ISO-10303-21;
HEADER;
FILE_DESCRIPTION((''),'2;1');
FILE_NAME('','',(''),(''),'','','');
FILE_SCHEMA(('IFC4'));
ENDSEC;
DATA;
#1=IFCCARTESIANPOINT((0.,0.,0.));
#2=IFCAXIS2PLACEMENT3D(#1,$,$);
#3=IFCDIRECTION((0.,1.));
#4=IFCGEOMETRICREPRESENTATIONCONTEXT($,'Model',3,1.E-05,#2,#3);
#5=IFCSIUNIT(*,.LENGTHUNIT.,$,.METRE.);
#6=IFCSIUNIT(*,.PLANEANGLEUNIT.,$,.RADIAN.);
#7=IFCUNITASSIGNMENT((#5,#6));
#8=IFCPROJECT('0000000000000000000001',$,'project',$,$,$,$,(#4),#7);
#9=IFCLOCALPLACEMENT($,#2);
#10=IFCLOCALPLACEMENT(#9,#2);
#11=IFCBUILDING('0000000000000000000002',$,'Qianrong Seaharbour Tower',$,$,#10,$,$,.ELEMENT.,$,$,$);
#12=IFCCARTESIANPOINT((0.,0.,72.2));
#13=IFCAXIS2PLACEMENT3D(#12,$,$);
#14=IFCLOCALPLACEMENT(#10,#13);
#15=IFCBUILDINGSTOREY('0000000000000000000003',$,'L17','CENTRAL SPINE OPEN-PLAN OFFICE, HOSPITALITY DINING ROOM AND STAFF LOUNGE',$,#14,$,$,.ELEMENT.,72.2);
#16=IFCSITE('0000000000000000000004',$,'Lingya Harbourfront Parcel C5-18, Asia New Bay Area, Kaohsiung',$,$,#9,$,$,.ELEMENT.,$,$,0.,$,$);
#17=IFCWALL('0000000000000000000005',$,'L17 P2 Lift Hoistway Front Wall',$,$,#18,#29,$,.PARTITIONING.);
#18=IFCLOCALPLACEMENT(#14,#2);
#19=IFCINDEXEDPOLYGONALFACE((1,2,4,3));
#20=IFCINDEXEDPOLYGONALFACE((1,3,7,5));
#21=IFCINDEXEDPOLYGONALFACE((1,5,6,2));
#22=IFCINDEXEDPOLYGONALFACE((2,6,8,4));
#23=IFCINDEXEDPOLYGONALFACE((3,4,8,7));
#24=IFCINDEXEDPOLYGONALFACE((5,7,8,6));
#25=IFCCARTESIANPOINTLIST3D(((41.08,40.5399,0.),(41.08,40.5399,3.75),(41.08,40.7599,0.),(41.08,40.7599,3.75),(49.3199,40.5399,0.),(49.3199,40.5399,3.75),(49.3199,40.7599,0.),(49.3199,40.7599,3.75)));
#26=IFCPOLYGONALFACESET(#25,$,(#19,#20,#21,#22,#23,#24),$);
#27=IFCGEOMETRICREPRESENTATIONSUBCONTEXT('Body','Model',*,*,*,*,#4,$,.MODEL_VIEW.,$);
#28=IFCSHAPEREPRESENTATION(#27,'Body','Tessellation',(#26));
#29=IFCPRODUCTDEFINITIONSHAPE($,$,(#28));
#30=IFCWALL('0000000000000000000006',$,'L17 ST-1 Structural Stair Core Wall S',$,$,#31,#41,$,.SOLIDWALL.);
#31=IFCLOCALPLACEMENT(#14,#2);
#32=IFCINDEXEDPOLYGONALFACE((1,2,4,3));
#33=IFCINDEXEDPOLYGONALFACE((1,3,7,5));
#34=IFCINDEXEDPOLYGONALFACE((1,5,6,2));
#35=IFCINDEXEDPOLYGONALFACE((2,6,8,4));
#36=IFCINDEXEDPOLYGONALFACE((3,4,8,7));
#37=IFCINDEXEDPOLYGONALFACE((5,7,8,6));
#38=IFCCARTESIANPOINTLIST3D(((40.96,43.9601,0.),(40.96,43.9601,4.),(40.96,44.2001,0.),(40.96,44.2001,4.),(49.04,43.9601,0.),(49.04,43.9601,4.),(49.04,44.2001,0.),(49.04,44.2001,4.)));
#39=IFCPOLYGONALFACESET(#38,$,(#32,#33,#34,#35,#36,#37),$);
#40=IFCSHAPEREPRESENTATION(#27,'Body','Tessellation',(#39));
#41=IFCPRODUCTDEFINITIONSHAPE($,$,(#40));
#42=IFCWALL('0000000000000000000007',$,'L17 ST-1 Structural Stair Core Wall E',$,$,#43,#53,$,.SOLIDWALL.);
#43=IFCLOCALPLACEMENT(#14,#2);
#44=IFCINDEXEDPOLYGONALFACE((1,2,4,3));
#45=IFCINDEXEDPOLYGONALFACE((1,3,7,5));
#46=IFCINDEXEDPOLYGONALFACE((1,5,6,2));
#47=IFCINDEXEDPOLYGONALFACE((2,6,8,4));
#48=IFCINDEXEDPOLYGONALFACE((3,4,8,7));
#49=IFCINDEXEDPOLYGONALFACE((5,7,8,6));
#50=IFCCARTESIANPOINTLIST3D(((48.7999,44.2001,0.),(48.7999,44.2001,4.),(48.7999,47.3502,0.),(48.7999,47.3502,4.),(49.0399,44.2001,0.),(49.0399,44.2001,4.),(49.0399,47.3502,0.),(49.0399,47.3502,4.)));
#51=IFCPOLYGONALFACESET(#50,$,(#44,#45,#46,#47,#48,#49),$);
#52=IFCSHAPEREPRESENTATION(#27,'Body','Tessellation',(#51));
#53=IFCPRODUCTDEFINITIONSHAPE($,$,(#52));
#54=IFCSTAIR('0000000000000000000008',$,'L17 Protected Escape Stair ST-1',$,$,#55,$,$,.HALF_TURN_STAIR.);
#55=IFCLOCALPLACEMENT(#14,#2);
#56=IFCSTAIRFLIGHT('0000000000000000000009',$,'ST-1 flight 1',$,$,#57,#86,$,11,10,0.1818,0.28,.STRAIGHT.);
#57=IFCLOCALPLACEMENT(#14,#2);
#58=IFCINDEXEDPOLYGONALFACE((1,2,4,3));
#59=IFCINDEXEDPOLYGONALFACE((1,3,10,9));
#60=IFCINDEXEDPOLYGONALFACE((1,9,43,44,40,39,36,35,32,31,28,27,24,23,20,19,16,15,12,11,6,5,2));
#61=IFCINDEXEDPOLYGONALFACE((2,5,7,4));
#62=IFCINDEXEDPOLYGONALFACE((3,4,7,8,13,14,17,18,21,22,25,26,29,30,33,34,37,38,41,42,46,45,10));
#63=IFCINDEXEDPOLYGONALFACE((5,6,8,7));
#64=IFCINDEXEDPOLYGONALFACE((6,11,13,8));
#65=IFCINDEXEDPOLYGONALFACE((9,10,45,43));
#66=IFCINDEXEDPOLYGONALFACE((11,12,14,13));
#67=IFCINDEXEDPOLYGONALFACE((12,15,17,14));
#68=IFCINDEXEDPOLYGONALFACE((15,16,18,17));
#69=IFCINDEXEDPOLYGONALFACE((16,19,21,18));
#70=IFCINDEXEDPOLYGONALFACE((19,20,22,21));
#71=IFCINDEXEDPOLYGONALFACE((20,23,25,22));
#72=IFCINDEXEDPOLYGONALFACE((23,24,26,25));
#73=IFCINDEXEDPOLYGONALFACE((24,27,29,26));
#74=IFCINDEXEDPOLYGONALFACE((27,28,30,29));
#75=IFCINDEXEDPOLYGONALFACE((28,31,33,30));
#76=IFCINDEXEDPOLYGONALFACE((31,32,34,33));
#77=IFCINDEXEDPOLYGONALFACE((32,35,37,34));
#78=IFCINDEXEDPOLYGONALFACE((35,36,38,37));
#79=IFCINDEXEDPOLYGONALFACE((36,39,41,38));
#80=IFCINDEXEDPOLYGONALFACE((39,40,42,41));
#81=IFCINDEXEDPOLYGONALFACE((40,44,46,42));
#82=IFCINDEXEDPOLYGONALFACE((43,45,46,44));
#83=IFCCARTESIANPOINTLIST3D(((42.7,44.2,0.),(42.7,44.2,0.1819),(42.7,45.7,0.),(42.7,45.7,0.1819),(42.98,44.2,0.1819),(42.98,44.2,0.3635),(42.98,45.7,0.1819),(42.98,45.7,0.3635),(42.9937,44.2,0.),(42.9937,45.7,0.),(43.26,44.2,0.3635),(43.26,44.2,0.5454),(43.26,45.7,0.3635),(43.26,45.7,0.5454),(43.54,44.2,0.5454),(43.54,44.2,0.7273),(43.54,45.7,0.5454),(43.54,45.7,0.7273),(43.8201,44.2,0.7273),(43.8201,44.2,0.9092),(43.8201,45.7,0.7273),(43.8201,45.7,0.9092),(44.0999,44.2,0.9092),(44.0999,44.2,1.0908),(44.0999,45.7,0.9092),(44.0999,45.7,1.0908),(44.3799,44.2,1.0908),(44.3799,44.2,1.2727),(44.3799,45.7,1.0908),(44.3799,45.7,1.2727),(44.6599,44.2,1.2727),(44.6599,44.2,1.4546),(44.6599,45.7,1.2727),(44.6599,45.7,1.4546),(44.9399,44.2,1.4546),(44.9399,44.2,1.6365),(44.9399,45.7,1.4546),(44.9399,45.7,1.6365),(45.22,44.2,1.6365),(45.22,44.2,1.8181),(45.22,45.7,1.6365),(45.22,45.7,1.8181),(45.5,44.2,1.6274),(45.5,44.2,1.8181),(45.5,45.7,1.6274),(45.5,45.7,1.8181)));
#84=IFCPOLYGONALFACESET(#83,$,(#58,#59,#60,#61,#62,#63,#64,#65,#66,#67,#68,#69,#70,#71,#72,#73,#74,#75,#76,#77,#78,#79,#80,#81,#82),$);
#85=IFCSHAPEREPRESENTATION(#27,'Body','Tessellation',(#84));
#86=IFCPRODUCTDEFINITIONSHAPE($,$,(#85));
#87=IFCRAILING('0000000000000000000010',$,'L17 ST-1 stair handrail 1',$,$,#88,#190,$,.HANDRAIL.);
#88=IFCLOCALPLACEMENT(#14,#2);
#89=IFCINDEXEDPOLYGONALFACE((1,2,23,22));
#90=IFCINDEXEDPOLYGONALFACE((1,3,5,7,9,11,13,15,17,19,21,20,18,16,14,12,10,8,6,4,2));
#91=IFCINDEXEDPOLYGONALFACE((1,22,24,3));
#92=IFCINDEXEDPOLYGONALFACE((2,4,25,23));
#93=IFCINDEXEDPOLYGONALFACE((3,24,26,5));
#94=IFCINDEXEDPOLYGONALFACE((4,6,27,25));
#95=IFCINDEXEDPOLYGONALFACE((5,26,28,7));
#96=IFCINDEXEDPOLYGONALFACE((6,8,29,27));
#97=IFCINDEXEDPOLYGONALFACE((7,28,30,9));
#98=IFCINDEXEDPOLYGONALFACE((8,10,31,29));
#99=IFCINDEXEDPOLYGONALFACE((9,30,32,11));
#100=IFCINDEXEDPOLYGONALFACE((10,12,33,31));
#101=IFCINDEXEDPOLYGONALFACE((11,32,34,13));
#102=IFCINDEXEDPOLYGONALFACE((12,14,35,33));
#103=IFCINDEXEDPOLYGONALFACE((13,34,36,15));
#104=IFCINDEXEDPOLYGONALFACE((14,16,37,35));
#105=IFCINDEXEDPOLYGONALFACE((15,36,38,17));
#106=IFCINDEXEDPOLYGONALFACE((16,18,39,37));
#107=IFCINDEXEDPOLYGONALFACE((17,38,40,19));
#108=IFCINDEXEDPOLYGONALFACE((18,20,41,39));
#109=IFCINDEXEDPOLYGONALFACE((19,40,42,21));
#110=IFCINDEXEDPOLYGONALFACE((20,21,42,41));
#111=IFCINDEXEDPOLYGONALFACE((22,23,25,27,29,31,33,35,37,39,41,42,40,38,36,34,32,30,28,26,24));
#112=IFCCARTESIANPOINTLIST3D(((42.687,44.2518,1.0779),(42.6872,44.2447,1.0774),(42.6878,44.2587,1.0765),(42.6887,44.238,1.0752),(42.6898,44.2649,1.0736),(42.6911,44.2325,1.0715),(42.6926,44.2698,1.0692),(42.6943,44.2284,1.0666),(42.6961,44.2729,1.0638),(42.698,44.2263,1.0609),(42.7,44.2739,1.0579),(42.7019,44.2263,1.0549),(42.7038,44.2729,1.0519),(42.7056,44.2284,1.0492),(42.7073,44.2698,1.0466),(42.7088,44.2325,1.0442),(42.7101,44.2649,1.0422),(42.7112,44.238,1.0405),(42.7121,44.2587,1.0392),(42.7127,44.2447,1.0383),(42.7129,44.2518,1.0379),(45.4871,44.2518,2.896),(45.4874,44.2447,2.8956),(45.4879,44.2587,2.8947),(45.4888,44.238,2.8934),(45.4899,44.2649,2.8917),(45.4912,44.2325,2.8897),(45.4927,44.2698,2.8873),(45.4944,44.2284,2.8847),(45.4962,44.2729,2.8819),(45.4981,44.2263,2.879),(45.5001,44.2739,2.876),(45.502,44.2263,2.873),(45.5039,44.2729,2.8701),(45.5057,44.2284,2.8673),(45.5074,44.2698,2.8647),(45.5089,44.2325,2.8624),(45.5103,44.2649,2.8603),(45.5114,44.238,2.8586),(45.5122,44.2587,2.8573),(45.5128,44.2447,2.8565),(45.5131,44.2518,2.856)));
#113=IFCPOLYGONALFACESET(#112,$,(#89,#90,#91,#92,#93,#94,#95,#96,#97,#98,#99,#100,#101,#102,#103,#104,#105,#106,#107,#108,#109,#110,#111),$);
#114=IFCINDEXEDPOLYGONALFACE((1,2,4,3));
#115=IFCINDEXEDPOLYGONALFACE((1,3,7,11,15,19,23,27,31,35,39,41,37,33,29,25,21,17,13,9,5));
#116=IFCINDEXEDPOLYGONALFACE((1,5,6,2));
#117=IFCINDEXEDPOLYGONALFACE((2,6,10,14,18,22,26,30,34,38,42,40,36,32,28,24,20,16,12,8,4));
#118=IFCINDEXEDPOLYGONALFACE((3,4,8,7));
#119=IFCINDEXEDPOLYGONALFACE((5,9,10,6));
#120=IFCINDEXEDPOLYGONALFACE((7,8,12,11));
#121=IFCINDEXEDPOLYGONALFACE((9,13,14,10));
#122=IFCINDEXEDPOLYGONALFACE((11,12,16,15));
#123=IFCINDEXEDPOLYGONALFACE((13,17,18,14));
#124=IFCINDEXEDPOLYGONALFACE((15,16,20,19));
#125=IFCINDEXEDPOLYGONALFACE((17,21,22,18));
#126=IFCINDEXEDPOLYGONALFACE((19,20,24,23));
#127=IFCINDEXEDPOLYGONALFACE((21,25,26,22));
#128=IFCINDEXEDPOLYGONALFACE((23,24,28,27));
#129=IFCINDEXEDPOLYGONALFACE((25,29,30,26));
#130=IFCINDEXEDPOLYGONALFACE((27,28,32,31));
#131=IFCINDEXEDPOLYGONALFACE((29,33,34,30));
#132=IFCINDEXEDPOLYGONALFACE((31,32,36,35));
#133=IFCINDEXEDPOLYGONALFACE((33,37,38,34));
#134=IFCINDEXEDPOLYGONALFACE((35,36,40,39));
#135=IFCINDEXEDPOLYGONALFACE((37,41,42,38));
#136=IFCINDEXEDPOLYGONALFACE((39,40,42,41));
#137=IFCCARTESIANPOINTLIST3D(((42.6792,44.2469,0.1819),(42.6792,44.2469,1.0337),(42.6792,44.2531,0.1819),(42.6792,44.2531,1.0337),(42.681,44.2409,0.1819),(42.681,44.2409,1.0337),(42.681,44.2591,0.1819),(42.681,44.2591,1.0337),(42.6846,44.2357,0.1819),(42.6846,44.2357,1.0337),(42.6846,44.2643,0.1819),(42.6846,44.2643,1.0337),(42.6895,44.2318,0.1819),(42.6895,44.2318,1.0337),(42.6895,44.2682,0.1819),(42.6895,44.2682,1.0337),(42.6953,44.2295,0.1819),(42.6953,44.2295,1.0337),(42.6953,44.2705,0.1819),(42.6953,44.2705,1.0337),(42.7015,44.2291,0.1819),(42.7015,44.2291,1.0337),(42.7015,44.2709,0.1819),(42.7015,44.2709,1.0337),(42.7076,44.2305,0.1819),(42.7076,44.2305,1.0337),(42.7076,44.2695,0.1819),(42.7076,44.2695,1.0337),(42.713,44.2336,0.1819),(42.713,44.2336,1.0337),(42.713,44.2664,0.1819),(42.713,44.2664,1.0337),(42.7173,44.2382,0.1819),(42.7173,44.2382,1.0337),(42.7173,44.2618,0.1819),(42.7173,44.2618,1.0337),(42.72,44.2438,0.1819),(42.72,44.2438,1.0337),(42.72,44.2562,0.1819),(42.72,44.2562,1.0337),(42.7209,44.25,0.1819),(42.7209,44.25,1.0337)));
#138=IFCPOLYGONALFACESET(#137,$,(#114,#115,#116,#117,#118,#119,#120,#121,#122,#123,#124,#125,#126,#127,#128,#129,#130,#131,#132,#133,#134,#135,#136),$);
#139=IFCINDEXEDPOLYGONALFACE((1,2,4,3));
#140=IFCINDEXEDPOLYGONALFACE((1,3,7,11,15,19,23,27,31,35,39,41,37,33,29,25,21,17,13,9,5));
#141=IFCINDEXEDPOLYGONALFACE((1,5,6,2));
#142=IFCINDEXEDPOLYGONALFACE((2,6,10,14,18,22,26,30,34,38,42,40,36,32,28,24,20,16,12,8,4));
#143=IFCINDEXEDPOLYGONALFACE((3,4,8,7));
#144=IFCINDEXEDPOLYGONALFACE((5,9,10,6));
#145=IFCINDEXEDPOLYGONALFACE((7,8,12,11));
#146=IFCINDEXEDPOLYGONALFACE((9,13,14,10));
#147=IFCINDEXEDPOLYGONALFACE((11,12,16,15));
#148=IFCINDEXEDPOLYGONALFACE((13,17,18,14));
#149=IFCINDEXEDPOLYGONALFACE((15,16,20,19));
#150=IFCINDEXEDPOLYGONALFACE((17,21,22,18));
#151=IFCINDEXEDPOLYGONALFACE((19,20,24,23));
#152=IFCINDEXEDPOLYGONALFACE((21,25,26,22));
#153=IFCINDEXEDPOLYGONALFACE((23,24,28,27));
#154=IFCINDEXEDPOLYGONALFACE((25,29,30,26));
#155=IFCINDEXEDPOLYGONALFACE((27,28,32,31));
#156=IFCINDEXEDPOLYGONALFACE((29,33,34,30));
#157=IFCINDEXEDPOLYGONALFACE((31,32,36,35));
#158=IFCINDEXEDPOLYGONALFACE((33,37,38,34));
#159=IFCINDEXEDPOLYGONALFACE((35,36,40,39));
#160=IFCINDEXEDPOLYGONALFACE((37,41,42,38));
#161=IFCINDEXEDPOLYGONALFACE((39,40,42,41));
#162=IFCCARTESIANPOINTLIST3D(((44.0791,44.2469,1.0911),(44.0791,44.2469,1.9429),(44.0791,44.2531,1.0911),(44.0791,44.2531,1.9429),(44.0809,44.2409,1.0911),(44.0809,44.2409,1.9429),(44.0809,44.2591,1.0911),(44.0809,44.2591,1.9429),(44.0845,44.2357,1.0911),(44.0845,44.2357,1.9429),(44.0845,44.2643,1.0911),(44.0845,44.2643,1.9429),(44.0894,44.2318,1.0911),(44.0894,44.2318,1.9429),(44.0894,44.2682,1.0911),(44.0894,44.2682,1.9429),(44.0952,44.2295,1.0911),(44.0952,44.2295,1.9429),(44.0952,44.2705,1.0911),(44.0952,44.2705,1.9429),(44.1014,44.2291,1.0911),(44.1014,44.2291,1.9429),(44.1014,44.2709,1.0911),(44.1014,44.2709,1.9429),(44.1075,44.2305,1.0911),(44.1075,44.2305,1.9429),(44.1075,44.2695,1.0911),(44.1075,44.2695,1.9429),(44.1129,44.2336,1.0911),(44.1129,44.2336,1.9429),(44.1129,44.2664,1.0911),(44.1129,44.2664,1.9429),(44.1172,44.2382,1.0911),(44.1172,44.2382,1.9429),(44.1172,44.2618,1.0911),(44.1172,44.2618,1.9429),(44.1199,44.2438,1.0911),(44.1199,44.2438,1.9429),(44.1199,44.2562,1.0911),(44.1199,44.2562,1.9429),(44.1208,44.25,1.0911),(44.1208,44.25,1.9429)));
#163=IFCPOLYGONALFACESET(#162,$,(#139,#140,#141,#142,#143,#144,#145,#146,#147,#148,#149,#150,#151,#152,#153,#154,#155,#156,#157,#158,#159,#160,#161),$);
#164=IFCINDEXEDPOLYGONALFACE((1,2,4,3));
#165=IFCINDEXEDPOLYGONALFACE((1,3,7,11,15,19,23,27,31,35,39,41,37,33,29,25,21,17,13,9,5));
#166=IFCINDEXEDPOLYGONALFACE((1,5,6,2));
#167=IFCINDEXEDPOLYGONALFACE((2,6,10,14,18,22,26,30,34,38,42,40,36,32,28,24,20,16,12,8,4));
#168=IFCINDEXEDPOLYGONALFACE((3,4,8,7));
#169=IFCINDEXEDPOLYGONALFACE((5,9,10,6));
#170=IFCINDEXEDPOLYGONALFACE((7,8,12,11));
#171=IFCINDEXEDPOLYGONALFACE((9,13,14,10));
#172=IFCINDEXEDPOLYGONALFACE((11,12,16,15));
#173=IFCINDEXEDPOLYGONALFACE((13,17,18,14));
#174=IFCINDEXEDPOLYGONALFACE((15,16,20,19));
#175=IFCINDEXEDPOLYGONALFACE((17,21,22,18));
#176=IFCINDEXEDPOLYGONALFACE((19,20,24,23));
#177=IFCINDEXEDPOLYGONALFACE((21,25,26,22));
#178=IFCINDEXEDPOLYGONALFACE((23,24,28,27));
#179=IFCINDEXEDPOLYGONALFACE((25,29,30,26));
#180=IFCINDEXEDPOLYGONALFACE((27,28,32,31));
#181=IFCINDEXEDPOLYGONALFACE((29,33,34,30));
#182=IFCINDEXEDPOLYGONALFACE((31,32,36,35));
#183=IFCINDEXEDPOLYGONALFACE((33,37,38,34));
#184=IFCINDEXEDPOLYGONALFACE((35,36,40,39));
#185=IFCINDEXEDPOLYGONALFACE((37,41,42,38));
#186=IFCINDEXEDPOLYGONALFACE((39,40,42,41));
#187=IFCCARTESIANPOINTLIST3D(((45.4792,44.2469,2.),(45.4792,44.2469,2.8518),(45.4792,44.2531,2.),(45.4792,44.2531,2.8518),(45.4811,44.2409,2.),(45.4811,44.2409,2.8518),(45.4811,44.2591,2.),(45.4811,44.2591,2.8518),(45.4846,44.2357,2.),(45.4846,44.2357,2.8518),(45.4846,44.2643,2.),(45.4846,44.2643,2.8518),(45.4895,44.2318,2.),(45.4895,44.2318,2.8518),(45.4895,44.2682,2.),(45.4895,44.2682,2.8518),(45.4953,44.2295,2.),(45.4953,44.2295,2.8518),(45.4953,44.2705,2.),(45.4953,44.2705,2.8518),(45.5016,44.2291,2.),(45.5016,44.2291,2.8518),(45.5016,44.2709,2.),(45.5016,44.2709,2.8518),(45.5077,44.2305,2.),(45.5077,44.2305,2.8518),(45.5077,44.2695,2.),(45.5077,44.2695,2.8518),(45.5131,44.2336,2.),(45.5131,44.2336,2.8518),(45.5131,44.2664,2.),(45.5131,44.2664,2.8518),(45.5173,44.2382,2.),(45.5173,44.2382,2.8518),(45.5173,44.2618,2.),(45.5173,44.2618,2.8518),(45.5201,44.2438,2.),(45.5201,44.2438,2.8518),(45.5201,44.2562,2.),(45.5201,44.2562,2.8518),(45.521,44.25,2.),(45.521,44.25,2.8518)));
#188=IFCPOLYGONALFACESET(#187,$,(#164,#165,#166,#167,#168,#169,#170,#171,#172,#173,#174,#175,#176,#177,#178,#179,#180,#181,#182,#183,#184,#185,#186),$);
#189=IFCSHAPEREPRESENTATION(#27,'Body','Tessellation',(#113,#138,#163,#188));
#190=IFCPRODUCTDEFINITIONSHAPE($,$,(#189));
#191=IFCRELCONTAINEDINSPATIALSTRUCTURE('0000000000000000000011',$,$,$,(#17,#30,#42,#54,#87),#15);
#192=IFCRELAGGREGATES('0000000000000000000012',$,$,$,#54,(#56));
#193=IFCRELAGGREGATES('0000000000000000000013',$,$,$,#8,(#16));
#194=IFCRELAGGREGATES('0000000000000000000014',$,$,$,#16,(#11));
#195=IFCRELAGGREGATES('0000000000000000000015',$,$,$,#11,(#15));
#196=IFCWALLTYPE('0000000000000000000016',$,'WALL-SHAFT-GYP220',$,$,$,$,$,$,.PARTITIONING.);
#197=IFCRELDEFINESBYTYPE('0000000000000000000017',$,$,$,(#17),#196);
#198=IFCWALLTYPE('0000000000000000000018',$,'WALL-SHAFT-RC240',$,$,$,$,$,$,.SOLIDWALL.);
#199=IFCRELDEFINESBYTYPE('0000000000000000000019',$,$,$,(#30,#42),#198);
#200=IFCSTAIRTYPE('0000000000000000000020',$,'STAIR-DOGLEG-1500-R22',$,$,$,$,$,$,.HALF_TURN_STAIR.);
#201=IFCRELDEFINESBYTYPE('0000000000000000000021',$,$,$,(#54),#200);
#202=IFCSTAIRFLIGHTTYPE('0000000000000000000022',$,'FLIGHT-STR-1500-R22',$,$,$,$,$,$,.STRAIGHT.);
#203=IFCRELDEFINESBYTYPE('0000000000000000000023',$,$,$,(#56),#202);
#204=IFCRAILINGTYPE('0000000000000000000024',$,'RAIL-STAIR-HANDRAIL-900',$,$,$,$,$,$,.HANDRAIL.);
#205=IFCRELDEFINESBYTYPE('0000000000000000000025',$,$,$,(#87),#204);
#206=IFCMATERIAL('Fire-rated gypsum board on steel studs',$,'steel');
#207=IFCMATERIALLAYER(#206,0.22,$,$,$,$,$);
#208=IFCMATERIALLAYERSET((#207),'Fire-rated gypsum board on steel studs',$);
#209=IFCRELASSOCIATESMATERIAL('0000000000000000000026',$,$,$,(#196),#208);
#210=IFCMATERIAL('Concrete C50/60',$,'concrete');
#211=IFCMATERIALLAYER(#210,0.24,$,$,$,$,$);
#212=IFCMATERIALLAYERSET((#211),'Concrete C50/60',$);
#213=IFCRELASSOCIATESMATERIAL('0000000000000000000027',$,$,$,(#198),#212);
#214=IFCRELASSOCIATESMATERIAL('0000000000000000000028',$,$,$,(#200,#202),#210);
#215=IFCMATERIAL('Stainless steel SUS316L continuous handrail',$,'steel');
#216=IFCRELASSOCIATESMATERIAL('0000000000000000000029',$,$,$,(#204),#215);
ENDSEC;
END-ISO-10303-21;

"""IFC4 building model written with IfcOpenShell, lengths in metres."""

from ifc_helpers import new_model, si_unit, direction, frame, frame_2d, origin, origin_2d, place, context, subcontext, project, spatial, polyline, rectangle, circle, outline, extrude, material, layer, layer_set, type_object, element, aggregate, save


model = new_model("IFC4")

# Units and contexts
model_context = context("Model", 3, precision=1e-05, world=origin(), true_north=direction((0.0, 1.0)))
body_context = subcontext(model_context, "Body", "Model", "MODEL_VIEW")
ifc_project = project(units=[si_unit("LENGTHUNIT", "METRE"), si_unit("PLANEANGLEUNIT", "RADIAN")], contexts=[model_context])

# Site, building, storey
site_placement = place(None, origin())
site = spatial("IfcSite", under=ifc_project, at=site_placement, Name="Lingya Harbourfront Parcel C5-18, Asia New Bay Area, Kaohsiung", CompositionType="ELEMENT", RefElevation=0.0)
building_placement = place(site_placement, origin())
building = spatial("IfcBuilding", under=site, at=building_placement, Name="Qianrong Seaharbour Tower", CompositionType="ELEMENT")
storey_placement = place(building_placement, frame((0.0, 0.0, 72.2)))
storey = spatial("IfcBuildingStorey", under=building, at=storey_placement, Name="L17", Description="CENTRAL SPINE OPEN-PLAN OFFICE, HOSPITALITY DINING ROOM AND STAFF LOUNGE", CompositionType="ELEMENT", Elevation=72.2)

# Shared definitions
ifc_material_1 = material(Name="Fire-rated gypsum board on steel studs", Category="steel")

# Shared definitions
ifc_layer_1 = layer(ifc_material_1, 0.22)
ifc_layer_set_1 = layer_set([ifc_layer_1], Name="Fire-rated gypsum board on steel studs")
wall_type_1 = type_object("IfcWallType", Name="WALL-SHAFT-GYP220", PredefinedType="PARTITIONING", material=ifc_layer_set_1)

# Walls
wall_1_placement = place(storey_placement, frame((49.3201, 40.6499, 0.0), z_axis=(0.0, 0.0, 1.0), x_axis=(-1.0, 0.0, 0.0)))
element("IfcWall", 1, at=wall_1_placement, inside=storey, type_object=wall_type_1, Name="L17 P2 Lift Hoistway Front Wall", PredefinedType="PARTITIONING", context=body_context, shape_type="SweptSolid", body=[
    extrude(rectangle(XDim=8.24, YDim=0.22, at=frame_2d((4.1201, 0.0))), origin(), (0.0, 0.0, 1.0), 3.75),
])
ifc_material_2 = material(Name="Concrete C50/60", Category="concrete")
ifc_layer_2 = layer(ifc_material_2, 0.24)
ifc_layer_set_2 = layer_set([ifc_layer_2], Name="Concrete C50/60")
wall_type_2 = type_object("IfcWallType", Name="WALL-SHAFT-RC240", PredefinedType="SOLIDWALL", material=ifc_layer_set_2)
wall_2_placement = place(storey_placement, frame((49.04, 44.0801, 0.0), z_axis=(0.0, 0.0, 1.0), x_axis=(-1.0, 0.0, 0.0)))
element("IfcWall", 2, at=wall_2_placement, inside=storey, type_object=wall_type_2, Name="L17 ST-1 Structural Stair Core Wall S", PredefinedType="SOLIDWALL", context=body_context, shape_type="SweptSolid", body=[
    extrude(rectangle(XDim=8.0801, YDim=0.24, at=frame_2d((4.04, 0.0))), origin(), (0.0, 0.0, 1.0), 4.0),
])
wall_3_placement = place(storey_placement, frame((48.9199, 44.2, 0.0), z_axis=(0.0, 0.0, 1.0), x_axis=(0.0, 1.0, 0.0)))
element("IfcWall", 3, at=wall_3_placement, inside=storey, type_object=wall_type_2, Name="L17 ST-1 Structural Stair Core Wall E", PredefinedType="SOLIDWALL", context=body_context, shape_type="SweptSolid", body=[
    extrude(rectangle(XDim=3.1501, YDim=0.24, at=frame_2d((1.5752, 0.0))), origin(), (0.0, 0.0, 1.0), 4.0),
])

# Stair, stair flight
stair_type = type_object("IfcStairType", Name="STAIR-DOGLEG-1500-R22", PredefinedType="HALF_TURN_STAIR", material=ifc_material_2)
stair_placement = place(storey_placement, origin())
stair = element("IfcStair", 4, at=stair_placement, inside=storey, type_object=stair_type, Name="L17 Protected Escape Stair ST-1", PredefinedType="HALF_TURN_STAIR")
stair_flight_type = type_object("IfcStairFlightType", Name="FLIGHT-STR-1500-R22", PredefinedType="STRAIGHT", material=ifc_material_2)
stair_flight_placement = place(storey_placement, frame((42.7, 44.95, 0.0), z_axis=(0.0, 0.0, 1.0), x_axis=(1.0, 0.0, 0.0)))
stair_flight = element("IfcStairFlight", 5, at=stair_flight_placement, type_object=stair_flight_type, Name="ST-1 flight 1", NumberOfRisers=11, NumberOfTreads=10, PredefinedType="STRAIGHT", RiserHeight=0.1818, TreadLength=0.28, context=body_context, shape_type="SweptSolid", body=[
    extrude(outline(polyline([(0.0, 0.0), (0.0, 0.1819), (0.28, 0.1819), (0.28, 0.3635), (0.5601, 0.3635), (0.5601, 0.5454), (0.8401, 0.5454), (0.8401, 0.7273), (1.1201, 0.7273), (1.1201, 0.9092), (1.3999, 0.9092), (1.3999, 1.0908), (1.6799, 1.0908), (1.6799, 1.2727), (1.96, 1.2727), (1.96, 1.4546), (2.24, 1.4546), (2.24, 1.6365), (2.52, 1.6365), (2.52, 1.8181), (2.8, 1.8181), (2.8, 2.0), (2.8, 1.6274), (0.2937, 0.0), (0.0, 0.0)])), frame((0.0, 0.75, 0.0), z_axis=(0.0, -1.0, 0.0), x_axis=(1.0, 0.0, 0.0)), (0.0, 0.0, 1.0), 1.5),
])
aggregate(stair, [stair_flight])

# Railing
ifc_material_3 = material(Name="Stainless steel SUS316L continuous handrail", Category="steel")
railing_type = type_object("IfcRailingType", Name="RAIL-STAIR-HANDRAIL-900", PredefinedType="HANDRAIL", material=ifc_material_3)
railing_placement = place(storey_placement, frame((42.7, 44.25, 0.1819)))
element("IfcRailing", 6, at=railing_placement, inside=storey, type_object=railing_type, Name="L17 ST-1 stair handrail 1", PredefinedType="HANDRAIL", context=body_context, shape_type="SweptSolid", body=[
    extrude(circle(Radius=0.0239, at=origin_2d()), frame((0.0, 0.0, 0.876), z_axis=(0.838706, 0.0, 0.544585), x_axis=(0.0, 1.0, 0.0)), (0.0, 0.0, 1.0), 3.3386),
    extrude(circle(Radius=0.021, at=origin_2d()), origin(), (0.0, 0.0, 1.0), 0.8518),
    extrude(circle(Radius=0.021, at=origin_2d()), frame((1.3999, 0.0, 0.9092)), (0.0, 0.0, 1.0), 0.8518),
    extrude(circle(Radius=0.021, at=origin_2d()), frame((2.8, 0.0, 1.8181)), (0.0, 0.0, 1.0), 0.8518),
])

save(model, "model.ifc")
